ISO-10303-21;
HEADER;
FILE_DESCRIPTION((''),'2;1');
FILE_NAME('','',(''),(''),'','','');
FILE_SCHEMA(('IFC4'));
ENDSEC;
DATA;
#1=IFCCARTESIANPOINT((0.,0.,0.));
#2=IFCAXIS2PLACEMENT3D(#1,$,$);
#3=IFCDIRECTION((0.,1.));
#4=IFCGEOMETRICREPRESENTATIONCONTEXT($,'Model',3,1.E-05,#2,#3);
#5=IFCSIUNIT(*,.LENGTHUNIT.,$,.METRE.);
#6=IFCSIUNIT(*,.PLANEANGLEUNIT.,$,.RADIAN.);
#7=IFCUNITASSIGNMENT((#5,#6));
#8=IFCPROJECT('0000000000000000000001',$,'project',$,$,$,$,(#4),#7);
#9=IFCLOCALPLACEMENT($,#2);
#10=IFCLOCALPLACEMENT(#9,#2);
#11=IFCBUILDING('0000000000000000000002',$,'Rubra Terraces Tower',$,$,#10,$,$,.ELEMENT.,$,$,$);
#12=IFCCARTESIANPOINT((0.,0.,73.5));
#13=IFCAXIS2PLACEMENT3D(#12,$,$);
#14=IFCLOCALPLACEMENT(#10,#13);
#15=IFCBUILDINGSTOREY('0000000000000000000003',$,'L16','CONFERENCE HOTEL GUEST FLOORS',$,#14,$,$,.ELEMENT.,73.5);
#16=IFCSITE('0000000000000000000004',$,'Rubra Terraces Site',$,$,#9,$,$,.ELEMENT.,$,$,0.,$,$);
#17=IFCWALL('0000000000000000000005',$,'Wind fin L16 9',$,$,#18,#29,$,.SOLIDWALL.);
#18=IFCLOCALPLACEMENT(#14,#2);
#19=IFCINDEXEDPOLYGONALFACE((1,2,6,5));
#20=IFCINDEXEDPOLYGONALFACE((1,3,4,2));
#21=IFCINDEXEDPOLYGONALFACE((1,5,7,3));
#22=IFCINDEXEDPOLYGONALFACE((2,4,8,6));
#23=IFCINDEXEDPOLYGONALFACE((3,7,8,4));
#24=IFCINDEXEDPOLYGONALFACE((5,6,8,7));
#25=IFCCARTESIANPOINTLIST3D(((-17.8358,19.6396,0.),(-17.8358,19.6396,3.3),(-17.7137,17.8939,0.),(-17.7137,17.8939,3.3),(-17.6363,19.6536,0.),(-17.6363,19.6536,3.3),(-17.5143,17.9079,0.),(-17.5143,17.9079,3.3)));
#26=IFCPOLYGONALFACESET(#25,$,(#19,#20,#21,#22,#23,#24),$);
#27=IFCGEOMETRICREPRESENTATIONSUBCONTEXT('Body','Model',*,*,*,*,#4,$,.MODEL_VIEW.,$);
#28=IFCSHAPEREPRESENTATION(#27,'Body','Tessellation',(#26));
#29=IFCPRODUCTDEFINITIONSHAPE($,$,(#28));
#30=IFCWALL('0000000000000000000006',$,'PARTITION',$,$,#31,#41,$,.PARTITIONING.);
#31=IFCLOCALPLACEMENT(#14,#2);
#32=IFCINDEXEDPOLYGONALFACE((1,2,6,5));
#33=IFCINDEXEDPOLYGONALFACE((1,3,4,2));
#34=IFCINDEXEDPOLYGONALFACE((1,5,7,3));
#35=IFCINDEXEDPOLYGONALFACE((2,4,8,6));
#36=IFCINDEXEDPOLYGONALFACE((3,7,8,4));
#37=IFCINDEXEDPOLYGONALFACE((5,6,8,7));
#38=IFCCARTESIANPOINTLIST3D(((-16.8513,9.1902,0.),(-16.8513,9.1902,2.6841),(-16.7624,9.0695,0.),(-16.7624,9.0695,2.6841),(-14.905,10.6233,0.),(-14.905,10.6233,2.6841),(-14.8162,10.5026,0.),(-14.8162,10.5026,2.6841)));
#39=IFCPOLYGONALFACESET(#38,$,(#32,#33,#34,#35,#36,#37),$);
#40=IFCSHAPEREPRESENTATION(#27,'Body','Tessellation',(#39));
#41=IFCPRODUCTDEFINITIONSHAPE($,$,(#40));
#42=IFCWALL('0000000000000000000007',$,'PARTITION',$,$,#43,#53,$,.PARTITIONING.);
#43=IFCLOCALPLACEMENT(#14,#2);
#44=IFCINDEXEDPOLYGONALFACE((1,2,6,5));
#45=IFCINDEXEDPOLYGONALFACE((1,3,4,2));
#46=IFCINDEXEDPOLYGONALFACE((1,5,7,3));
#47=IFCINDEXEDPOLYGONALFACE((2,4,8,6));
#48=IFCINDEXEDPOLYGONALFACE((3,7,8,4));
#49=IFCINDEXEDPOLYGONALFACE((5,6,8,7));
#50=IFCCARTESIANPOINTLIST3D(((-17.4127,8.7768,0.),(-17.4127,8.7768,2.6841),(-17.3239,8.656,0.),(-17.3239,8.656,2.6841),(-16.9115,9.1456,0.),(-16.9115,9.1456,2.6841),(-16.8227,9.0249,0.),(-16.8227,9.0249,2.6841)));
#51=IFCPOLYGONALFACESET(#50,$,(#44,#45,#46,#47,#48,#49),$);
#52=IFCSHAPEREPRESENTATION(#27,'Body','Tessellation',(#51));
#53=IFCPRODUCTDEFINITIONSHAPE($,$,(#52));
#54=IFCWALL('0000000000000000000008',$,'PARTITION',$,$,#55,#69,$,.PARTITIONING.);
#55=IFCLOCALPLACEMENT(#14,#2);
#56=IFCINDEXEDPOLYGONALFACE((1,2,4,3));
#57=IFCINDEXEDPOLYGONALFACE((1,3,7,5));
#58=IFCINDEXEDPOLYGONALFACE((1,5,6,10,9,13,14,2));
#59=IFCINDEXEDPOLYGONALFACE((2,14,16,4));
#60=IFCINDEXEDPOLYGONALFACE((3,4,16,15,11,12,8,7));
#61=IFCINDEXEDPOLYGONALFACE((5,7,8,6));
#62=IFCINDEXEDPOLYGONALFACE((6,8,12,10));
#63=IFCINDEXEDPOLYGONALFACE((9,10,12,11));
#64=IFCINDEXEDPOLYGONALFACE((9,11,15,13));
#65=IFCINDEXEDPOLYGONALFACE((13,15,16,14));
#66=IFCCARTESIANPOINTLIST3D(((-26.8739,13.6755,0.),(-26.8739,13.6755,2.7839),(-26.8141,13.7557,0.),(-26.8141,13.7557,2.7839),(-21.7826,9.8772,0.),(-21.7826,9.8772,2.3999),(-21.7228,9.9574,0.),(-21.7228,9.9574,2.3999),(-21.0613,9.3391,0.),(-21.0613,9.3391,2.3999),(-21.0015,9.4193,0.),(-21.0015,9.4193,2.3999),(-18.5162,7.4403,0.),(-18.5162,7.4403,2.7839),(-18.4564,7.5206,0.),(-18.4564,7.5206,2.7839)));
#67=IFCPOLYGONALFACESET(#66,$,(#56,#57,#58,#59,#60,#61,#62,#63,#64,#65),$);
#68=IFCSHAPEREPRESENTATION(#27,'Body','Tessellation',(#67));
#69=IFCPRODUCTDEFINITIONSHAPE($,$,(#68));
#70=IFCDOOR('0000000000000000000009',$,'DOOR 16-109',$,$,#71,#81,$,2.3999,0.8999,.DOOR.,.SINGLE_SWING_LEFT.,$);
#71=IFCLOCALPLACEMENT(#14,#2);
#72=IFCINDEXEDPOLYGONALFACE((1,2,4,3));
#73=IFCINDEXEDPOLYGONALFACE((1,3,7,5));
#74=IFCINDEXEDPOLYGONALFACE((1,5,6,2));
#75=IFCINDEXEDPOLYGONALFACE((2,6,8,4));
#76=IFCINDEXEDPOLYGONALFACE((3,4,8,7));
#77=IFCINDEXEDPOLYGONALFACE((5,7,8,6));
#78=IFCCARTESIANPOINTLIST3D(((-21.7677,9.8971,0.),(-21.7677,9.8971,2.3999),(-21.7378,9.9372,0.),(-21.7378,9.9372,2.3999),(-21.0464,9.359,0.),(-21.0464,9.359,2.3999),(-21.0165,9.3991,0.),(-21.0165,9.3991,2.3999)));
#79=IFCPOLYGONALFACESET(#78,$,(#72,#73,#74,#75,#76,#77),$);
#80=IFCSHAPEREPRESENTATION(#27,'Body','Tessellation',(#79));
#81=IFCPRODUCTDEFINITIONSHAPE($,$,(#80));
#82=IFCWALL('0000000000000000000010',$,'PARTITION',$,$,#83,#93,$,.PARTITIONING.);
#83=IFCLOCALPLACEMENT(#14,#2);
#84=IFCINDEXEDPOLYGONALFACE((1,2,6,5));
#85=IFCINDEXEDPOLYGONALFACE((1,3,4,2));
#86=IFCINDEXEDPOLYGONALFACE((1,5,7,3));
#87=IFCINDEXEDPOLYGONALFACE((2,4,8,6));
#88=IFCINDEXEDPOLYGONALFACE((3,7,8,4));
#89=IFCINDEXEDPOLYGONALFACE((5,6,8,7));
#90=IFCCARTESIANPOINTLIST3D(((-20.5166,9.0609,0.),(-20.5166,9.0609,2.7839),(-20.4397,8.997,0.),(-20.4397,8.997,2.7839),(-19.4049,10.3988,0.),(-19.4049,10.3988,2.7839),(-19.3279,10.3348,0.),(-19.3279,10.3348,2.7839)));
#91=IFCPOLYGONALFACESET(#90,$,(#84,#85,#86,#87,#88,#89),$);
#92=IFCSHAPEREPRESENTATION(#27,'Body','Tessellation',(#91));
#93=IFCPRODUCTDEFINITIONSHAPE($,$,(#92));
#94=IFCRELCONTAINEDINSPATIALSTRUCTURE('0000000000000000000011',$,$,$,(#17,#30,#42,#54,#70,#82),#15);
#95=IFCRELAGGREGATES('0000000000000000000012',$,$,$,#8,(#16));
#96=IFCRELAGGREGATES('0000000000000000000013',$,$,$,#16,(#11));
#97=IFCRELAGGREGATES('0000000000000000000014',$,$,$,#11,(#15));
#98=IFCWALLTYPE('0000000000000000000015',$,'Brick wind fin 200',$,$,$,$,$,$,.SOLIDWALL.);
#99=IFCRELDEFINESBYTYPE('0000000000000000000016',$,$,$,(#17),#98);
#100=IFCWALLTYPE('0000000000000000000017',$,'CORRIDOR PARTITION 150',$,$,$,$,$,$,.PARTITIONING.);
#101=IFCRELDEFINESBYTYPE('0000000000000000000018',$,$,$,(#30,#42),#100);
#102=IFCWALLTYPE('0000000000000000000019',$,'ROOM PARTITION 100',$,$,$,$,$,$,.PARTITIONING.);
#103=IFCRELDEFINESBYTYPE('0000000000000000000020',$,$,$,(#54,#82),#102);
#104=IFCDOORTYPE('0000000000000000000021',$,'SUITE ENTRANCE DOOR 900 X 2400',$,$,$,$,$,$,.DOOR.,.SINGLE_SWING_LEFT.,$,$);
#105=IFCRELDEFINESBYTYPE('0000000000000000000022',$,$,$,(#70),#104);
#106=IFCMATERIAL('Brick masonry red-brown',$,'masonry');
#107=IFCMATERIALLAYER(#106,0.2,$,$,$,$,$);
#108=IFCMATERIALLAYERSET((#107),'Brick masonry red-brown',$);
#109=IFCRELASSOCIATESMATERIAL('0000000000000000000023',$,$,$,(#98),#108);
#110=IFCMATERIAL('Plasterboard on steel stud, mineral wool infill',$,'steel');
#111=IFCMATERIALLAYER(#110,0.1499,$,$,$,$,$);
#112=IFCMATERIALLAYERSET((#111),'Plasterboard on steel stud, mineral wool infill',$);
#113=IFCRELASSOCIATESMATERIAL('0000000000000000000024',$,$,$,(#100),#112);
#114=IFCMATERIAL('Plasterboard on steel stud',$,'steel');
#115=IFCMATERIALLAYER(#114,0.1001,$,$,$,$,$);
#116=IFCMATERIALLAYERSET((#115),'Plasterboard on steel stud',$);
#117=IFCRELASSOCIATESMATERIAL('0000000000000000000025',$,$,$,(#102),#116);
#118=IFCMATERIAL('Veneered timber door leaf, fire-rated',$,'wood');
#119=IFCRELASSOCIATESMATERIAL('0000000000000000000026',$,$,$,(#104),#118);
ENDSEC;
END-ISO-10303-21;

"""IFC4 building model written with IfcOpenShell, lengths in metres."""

from ifc_helpers import new_model, si_unit, direction, frame, frame_2d, origin, place, context, subcontext, project, spatial, rectangle, extrude, material, layer, layer_set, type_object, element, fill, save


model = new_model("IFC4")

# Units and contexts
model_context = context("Model", 3, precision=1e-05, world=origin(), true_north=direction((0.0, 1.0)))
body_context = subcontext(model_context, "Body", "Model", "MODEL_VIEW")
ifc_project = project(units=[si_unit("LENGTHUNIT", "METRE"), si_unit("PLANEANGLEUNIT", "RADIAN")], contexts=[model_context])

# Site, building, storey
site_placement = place(None, origin())
site = spatial("IfcSite", under=ifc_project, at=site_placement, Name="Rubra Terraces Site", CompositionType="ELEMENT", RefElevation=0.0)
building_placement = place(site_placement, origin())
building = spatial("IfcBuilding", under=site, at=building_placement, Name="Rubra Terraces Tower", CompositionType="ELEMENT")
storey_placement = place(building_placement, frame((0.0, 0.0, 73.5)))
storey = spatial("IfcBuildingStorey", under=building, at=storey_placement, Name="L16", Description="CONFERENCE HOTEL GUEST FLOORS", CompositionType="ELEMENT", Elevation=73.5)

# Shared definitions
ifc_material_1 = material(Name="Brick masonry red-brown", Category="masonry")

# Walls
ifc_layer_1 = layer(ifc_material_1, 0.2)
ifc_layer_set_1 = layer_set([ifc_layer_1], Name="Brick masonry red-brown")
wall_type_1 = type_object("IfcWallType", Name="Brick wind fin 200", PredefinedType="SOLIDWALL", material=ifc_layer_set_1)
wall_1_placement = place(storey_placement, frame((-17.614, 17.9009, 0.0), z_axis=(0.0, 0.0, 1.0), x_axis=(-0.06975, 0.997565, 0.0)))
element("IfcWall", 1, at=wall_1_placement, inside=storey, type_object=wall_type_1, Name="Wind fin L16 9", PredefinedType="SOLIDWALL", context=body_context, shape_type="SweptSolid", body=[
    extrude(rectangle(XDim=1.75, YDim=0.2, at=frame_2d((0.875, 0.0))), origin(), (0.0, 0.0, 1.0), 3.3),
])
ifc_material_2 = material(Name="Plasterboard on steel stud, mineral wool infill", Category="steel")
ifc_layer_2 = layer(ifc_material_2, 0.1499)
ifc_layer_set_2 = layer_set([ifc_layer_2], Name="Plasterboard on steel stud, mineral wool infill")
wall_type_2 = type_object("IfcWallType", Name="CORRIDOR PARTITION 150", PredefinedType="PARTITIONING", material=ifc_layer_set_2)
wall_2_placement = place(storey_placement, frame((-14.8606, 10.563, 0.0), z_axis=(0.0, 0.0, 1.0), x_axis=(-0.805254, -0.59293, 0.0)))
element("IfcWall", 2, at=wall_2_placement, inside=storey, type_object=wall_type_2, Name="PARTITION", PredefinedType="PARTITIONING", context=body_context, shape_type="SweptSolid", body=[
    extrude(rectangle(XDim=2.417, YDim=0.1499, at=frame_2d((1.2085, 0.0))), origin(), (0.0, 0.0, 1.0), 2.6841),
])
wall_3_placement = place(storey_placement, frame((-16.8672, 9.0852, 0.0), z_axis=(0.0, 0.0, 1.0), x_axis=(-0.805381, -0.592757, 0.0)))
element("IfcWall", 3, at=wall_3_placement, inside=storey, type_object=wall_type_2, Name="PARTITION", PredefinedType="PARTITIONING", context=body_context, shape_type="SweptSolid", body=[
    extrude(rectangle(XDim=0.6223, YDim=0.1499, at=frame_2d((0.311, 0.0))), origin(), (0.0, 0.0, 1.0), 2.6841),
])

# Wall, opening, door
ifc_material_3 = material(Name="Plasterboard on steel stud", Category="steel")
ifc_layer_3 = layer(ifc_material_3, 0.1001)
ifc_layer_set_3 = layer_set([ifc_layer_3], Name="Plasterboard on steel stud")
wall_type_3 = type_object("IfcWallType", Name="ROOM PARTITION 100", PredefinedType="PARTITIONING", material=ifc_layer_set_3)
wall_4_placement = place(storey_placement, frame((-26.844, 13.7156, 0.0), z_axis=(0.0, 0.0, 1.0), x_axis=(0.801523, -0.597964, 0.0)))
wall_4 = element("IfcWall", 4, at=wall_4_placement, inside=storey, type_object=wall_type_3, Name="PARTITION", PredefinedType="PARTITIONING", context=body_context, shape_type="SweptSolid", body=[
    extrude(rectangle(XDim=10.4272, YDim=0.1001, at=frame_2d((5.2136, 0.0))), origin(), (0.0, 0.0, 1.0), 2.7839),
])
opening_1_placement = place(wall_4_placement, frame((6.3521, 0.0, 0.0)))
opening_1 = element("IfcOpeningElement", 5, at=opening_1_placement, cuts=wall_4, PredefinedType="OPENING", context=body_context, shape_type="SweptSolid", body=[
    extrude(rectangle(XDim=0.8999, YDim=2.3999, at=frame_2d((0.45, 1.2))), frame((0.0, 0.0601, 0.0), z_axis=(0.0, -1.0, 0.0), x_axis=(1.0, 0.0, 0.0)), (0.0, 0.0, 1.0), 0.1201),
])
ifc_material_4 = material(Name="Veneered timber door leaf, fire-rated", Category="wood")
door_type = type_object("IfcDoorType", Name="SUITE ENTRANCE DOOR 900 X 2400", OperationType="SINGLE_SWING_LEFT", PredefinedType="DOOR", material=ifc_material_4)
door_placement = place(opening_1_placement, origin())
door = element("IfcDoor", 6, at=door_placement, inside=storey, type_object=door_type, Name="DOOR 16-109", OperationType="SINGLE_SWING_LEFT", OverallHeight=2.3999, OverallWidth=0.8999, PredefinedType="DOOR", context=body_context, shape_type="SweptSolid", body=[
    extrude(rectangle(XDim=0.8999, YDim=2.3999, at=frame_2d((0.45, 1.2))), frame((0.0, 0.0249, 0.0), z_axis=(0.0, -1.0, 0.0), x_axis=(1.0, 0.0, 0.0)), (0.0, 0.0, 1.0), 0.05),
])
fill(opening_1, door)

# Wall
wall_5_placement = place(storey_placement, frame((-19.3665, 10.3667, 0.0), z_axis=(0.0, 0.0, 1.0), x_axis=(-0.639135, -0.769095, 0.0)))
element("IfcWall", 7, at=wall_5_placement, inside=storey, type_object=wall_type_3, Name="PARTITION", PredefinedType="PARTITIONING", context=body_context, shape_type="SweptSolid", body=[
    extrude(rectangle(XDim=1.7395, YDim=0.1001, at=frame_2d((0.8696, 0.0))), origin(), (0.0, 0.0, 1.0), 2.7839),
])

save(model, "model.ifc")
